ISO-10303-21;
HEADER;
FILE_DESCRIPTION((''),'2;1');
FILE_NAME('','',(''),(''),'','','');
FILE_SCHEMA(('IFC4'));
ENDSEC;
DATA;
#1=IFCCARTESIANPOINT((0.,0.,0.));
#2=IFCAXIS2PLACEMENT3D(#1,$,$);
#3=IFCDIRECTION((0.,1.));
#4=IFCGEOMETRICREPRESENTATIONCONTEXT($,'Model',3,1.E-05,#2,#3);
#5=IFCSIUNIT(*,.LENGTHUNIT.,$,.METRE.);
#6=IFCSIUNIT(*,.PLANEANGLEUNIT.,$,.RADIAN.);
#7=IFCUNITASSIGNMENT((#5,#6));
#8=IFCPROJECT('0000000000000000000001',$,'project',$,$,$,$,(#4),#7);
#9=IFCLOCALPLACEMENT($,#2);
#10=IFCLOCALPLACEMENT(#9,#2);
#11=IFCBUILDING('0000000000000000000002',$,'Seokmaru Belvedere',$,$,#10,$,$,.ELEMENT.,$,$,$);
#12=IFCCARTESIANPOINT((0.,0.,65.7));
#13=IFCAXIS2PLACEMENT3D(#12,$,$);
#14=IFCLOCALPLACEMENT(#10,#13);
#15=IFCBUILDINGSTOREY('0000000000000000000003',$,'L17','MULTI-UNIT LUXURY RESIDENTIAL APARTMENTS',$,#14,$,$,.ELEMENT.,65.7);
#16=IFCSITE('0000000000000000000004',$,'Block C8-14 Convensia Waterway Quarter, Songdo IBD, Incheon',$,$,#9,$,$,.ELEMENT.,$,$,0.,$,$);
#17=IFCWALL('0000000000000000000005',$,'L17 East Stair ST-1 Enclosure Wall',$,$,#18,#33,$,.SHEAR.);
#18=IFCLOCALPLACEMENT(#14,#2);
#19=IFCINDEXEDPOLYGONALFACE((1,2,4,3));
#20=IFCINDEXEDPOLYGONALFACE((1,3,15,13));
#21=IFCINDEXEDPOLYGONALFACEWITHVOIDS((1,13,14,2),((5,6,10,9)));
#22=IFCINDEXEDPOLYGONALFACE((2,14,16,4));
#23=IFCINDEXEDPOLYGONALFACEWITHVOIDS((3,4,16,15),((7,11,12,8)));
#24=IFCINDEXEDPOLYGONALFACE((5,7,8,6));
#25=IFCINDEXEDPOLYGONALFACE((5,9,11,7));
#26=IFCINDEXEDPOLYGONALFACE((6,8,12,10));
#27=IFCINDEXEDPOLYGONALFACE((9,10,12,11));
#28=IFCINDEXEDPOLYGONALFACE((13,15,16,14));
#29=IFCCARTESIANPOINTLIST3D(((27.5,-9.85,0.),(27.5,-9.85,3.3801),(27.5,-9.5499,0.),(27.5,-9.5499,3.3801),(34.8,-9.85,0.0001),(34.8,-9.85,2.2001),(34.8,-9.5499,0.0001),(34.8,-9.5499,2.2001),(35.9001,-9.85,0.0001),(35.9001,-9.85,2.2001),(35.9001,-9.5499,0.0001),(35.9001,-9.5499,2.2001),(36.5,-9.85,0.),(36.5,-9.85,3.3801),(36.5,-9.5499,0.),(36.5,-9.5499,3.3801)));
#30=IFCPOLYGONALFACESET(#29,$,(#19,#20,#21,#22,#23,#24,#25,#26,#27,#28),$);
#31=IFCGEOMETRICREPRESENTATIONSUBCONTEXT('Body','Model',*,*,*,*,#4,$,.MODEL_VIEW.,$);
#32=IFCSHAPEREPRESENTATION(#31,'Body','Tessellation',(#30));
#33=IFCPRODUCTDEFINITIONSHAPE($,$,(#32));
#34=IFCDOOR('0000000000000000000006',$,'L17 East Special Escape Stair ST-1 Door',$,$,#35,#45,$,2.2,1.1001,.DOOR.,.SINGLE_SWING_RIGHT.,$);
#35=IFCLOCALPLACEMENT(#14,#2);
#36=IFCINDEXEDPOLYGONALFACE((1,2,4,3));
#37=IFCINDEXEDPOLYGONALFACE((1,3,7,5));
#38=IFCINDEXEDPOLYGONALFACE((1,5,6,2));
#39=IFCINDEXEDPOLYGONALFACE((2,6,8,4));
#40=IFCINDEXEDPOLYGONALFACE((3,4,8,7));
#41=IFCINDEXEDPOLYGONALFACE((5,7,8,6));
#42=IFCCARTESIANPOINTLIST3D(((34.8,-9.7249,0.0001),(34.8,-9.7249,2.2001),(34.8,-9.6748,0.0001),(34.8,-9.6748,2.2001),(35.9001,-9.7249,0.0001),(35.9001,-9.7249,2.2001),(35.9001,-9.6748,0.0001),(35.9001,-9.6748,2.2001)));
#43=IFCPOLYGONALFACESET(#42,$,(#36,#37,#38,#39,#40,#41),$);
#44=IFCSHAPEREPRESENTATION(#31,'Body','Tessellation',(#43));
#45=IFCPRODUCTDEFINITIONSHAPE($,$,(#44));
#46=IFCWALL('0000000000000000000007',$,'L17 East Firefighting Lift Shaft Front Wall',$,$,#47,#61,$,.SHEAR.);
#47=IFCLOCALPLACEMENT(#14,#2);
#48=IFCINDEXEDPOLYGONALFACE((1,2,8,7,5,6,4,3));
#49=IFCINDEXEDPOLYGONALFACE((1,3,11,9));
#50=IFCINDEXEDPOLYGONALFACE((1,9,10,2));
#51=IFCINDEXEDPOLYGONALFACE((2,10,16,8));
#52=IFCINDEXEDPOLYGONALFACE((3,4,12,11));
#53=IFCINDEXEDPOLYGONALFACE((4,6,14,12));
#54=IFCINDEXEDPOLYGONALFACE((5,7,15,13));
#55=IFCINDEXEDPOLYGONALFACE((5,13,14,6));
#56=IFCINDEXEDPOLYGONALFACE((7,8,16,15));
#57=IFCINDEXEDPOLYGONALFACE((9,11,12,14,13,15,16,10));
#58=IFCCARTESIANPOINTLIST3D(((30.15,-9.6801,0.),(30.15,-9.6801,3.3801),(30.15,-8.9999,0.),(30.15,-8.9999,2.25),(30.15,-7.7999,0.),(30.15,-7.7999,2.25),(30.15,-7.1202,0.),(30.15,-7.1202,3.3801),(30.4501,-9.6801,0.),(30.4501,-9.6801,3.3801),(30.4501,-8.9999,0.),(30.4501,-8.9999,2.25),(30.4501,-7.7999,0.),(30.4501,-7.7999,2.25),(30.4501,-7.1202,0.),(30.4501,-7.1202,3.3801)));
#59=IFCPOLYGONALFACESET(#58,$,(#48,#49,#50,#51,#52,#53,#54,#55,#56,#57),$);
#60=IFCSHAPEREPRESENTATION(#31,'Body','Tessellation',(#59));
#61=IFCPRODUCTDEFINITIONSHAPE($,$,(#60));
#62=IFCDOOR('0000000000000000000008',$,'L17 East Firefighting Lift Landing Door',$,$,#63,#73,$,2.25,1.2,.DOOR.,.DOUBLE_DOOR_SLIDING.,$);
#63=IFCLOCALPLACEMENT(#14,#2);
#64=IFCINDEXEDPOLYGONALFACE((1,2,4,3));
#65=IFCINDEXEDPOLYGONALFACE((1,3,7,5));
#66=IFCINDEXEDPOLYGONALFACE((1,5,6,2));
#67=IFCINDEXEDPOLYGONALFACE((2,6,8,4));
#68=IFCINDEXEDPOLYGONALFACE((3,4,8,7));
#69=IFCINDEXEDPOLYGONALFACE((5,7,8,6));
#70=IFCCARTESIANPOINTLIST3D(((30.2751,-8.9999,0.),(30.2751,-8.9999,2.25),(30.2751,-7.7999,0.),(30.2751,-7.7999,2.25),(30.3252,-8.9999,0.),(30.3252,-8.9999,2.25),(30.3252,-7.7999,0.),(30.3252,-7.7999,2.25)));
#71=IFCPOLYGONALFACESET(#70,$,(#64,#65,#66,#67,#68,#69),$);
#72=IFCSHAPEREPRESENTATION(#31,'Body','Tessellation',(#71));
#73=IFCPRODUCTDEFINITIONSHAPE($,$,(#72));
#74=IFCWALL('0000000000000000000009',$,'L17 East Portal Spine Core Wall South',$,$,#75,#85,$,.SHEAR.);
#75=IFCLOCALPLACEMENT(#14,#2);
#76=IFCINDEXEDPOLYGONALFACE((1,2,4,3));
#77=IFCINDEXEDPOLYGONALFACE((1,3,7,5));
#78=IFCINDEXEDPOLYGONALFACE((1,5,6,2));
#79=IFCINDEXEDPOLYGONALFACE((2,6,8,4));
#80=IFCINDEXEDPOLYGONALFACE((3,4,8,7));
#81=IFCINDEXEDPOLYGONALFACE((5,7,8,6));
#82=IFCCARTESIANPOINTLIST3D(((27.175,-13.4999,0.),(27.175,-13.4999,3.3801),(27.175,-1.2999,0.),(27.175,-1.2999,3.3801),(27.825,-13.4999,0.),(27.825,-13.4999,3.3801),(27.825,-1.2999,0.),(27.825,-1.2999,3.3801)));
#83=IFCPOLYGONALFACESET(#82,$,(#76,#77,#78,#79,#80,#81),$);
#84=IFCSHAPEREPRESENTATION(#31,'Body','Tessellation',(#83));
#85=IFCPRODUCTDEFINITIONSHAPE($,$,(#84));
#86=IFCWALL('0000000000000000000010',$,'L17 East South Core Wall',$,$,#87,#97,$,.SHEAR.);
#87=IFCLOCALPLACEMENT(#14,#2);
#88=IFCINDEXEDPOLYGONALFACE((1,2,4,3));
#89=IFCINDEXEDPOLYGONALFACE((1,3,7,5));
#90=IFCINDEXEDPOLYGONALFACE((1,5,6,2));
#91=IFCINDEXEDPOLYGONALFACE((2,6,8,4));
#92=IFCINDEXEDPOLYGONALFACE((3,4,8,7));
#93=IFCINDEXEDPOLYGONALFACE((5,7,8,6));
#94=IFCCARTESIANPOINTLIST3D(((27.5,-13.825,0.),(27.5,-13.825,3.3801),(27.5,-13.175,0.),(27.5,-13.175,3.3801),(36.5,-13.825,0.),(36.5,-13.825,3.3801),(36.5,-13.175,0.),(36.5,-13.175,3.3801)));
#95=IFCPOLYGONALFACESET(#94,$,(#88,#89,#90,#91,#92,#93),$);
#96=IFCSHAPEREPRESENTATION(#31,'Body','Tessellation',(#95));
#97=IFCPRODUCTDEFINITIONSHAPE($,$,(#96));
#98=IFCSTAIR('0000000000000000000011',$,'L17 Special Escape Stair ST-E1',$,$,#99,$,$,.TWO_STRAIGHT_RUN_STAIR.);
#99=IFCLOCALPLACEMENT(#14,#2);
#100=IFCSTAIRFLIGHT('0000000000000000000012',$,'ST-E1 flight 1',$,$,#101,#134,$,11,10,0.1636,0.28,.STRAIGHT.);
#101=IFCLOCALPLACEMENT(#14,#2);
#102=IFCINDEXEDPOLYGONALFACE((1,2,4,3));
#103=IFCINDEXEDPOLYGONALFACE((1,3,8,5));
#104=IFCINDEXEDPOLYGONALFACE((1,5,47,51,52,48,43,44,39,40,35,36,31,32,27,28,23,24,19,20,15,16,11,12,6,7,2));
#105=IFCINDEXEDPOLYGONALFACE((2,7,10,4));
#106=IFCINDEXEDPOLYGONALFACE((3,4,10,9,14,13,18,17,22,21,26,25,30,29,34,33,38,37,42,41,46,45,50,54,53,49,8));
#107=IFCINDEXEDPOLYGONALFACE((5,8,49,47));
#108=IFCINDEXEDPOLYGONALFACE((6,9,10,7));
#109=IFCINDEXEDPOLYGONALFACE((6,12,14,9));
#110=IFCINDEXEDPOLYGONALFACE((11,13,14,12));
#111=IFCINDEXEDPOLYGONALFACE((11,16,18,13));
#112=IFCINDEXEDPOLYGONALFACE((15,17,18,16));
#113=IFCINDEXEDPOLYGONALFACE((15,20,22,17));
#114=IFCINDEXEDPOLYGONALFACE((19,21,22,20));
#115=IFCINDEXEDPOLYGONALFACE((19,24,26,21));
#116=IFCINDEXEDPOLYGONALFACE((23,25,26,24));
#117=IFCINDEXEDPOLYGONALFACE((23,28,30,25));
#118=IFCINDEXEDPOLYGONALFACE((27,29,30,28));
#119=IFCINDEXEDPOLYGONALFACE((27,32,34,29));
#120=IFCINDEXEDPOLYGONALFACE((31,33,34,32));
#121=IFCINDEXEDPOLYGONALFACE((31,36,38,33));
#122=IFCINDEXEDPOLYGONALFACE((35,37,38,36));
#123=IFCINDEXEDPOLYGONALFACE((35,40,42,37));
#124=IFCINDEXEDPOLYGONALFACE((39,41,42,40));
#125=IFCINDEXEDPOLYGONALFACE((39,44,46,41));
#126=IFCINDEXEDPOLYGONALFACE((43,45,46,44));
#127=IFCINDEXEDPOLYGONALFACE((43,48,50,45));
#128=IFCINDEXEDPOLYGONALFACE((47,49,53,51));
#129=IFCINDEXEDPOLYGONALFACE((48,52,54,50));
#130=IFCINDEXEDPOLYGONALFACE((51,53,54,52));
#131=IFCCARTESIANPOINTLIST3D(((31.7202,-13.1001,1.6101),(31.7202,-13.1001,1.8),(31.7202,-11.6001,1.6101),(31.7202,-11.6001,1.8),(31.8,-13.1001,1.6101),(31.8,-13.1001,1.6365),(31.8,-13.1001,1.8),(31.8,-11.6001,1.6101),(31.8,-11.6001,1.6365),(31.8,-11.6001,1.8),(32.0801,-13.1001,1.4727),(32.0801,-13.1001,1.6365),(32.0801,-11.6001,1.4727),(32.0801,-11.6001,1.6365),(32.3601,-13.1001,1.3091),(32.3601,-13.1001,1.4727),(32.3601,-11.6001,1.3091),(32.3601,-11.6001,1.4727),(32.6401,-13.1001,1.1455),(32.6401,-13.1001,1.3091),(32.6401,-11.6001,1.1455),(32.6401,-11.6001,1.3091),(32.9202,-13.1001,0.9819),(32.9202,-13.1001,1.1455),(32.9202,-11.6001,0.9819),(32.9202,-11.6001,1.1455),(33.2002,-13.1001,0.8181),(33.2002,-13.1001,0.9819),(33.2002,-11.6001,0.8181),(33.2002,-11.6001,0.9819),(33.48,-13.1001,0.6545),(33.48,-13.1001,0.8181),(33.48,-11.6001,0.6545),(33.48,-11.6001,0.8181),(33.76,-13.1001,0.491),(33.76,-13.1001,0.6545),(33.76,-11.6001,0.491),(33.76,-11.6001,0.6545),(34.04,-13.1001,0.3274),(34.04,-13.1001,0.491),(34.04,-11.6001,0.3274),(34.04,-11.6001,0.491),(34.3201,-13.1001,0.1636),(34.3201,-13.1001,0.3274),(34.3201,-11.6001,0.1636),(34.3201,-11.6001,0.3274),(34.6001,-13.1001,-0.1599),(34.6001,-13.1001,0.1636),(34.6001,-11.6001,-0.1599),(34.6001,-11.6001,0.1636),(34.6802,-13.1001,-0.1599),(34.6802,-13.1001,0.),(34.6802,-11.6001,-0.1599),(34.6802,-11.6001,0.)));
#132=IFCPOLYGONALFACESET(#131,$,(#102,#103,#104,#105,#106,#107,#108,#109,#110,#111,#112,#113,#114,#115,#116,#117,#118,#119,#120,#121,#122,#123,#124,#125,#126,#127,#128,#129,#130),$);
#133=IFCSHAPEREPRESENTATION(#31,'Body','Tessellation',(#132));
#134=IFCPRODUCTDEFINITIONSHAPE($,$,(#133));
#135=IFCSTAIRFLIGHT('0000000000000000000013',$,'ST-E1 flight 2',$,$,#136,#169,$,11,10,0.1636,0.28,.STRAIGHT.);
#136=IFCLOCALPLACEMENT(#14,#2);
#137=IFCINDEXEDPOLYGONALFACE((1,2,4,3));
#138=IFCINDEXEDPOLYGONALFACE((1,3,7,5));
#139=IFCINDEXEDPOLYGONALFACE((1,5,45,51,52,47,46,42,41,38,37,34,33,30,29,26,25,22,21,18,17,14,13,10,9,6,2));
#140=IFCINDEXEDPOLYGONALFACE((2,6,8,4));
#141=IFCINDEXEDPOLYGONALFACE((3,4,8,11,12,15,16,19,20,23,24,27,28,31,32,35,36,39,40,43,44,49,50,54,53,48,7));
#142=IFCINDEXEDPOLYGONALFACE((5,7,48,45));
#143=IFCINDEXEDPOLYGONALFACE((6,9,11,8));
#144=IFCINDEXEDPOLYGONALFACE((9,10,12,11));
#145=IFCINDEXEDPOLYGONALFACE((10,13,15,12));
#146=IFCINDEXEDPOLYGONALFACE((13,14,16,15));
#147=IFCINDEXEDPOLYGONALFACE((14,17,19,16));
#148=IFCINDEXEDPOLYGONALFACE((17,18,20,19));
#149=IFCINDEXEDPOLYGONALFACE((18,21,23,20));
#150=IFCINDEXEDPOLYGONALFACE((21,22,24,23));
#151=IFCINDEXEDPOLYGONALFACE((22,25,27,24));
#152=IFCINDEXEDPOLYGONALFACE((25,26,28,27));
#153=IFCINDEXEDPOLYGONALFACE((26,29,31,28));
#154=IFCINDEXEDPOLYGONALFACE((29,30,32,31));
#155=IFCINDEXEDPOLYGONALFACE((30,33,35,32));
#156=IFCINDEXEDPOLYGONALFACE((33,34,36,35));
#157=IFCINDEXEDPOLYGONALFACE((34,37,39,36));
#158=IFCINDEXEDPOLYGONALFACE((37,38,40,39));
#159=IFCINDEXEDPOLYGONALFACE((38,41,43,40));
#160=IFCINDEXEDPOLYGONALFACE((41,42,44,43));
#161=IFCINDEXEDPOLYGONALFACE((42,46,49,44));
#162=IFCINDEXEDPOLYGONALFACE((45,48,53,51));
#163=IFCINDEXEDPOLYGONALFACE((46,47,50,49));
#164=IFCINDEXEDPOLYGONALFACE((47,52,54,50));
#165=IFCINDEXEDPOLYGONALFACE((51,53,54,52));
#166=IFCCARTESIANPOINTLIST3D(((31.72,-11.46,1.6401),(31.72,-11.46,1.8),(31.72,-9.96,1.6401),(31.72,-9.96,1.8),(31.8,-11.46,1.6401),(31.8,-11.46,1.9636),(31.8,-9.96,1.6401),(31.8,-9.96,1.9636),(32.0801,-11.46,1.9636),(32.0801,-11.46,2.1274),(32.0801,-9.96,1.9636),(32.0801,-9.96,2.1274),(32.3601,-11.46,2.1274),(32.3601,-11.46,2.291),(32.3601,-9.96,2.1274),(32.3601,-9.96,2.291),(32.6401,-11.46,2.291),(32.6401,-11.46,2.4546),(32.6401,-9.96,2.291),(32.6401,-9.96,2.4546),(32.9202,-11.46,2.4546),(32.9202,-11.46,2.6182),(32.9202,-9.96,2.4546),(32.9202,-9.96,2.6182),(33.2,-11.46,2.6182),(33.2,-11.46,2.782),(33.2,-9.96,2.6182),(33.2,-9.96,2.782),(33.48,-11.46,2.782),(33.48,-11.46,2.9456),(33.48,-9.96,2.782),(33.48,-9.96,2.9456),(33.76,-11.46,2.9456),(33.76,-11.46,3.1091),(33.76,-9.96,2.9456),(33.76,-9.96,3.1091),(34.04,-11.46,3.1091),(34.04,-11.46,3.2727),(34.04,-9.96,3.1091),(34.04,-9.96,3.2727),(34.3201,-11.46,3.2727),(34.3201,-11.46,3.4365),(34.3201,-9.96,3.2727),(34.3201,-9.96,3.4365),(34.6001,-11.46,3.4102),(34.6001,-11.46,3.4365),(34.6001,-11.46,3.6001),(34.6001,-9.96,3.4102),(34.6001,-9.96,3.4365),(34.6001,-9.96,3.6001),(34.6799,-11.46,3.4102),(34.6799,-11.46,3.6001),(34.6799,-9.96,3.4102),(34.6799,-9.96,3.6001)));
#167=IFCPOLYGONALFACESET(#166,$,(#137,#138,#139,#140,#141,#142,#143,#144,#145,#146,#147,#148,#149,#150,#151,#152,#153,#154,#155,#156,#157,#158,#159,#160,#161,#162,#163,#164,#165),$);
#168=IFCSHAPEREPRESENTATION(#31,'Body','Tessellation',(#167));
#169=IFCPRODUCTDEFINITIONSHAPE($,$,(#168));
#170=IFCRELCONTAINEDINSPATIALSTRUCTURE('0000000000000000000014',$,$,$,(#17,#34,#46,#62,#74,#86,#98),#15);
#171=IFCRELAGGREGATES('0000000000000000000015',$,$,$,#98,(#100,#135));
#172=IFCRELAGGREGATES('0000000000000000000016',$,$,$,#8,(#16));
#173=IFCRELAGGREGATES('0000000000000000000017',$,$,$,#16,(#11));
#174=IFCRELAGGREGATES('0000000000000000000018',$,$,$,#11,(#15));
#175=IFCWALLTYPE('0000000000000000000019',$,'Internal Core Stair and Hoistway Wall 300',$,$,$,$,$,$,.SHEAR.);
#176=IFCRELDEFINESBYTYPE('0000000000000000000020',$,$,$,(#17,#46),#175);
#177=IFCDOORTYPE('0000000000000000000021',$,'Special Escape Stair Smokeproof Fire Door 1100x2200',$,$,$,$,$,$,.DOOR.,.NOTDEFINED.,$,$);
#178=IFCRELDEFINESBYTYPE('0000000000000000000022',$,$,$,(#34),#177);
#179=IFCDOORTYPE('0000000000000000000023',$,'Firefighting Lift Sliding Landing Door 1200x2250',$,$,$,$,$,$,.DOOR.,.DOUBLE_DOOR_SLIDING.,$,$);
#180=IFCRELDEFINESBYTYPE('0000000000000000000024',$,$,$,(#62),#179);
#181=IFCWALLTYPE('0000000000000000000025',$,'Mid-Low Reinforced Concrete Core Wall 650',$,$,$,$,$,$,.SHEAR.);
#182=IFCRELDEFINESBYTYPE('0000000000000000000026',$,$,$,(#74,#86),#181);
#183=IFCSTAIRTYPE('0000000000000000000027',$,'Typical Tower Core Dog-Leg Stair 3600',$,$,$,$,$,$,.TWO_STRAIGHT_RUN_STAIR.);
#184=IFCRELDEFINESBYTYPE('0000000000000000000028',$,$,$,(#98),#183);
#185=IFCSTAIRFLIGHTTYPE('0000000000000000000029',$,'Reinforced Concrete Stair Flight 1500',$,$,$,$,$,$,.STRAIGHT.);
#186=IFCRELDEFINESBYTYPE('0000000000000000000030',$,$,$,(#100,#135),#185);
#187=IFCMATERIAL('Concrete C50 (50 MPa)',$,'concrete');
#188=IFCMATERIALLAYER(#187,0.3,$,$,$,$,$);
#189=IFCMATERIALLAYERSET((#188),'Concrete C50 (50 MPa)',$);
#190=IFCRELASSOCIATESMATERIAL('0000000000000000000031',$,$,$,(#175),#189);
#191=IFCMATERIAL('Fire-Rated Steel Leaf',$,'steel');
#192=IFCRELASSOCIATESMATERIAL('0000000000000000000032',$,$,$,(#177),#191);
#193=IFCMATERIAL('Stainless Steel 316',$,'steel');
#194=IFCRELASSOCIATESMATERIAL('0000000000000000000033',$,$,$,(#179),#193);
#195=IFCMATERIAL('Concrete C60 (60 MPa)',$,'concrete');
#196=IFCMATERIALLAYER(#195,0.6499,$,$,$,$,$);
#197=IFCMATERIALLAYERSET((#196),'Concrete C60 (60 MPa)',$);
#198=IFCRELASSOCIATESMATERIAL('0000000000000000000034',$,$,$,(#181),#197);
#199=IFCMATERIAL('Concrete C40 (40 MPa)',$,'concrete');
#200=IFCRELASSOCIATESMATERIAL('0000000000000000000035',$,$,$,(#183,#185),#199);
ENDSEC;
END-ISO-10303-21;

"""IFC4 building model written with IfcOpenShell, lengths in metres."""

from ifc_helpers import new_model, si_unit, direction, frame, frame_2d, origin, place, context, subcontext, project, spatial, polyline, rectangle, outline, extrude, source, transform, mapped, material, layer, layer_set, type_object, type_shapes, element, fill, aggregate, save


model = new_model("IFC4")

# Units and contexts
model_context = context("Model", 3, precision=1e-05, world=origin(), true_north=direction((0.0, 1.0)))
body_context = subcontext(model_context, "Body", "Model", "MODEL_VIEW")
ifc_project = project(units=[si_unit("LENGTHUNIT", "METRE"), si_unit("PLANEANGLEUNIT", "RADIAN")], contexts=[model_context])

# Site, building, storey
site_placement = place(None, origin())
site = spatial("IfcSite", under=ifc_project, at=site_placement, Name="Block C8-14 Convensia Waterway Quarter, Songdo IBD, Incheon", CompositionType="ELEMENT", RefElevation=0.0)
building_placement = place(site_placement, origin())
building = spatial("IfcBuilding", under=site, at=building_placement, Name="Seokmaru Belvedere", CompositionType="ELEMENT")
storey_placement = place(building_placement, frame((0.0, 0.0, 65.7)))
storey = spatial("IfcBuildingStorey", under=building, at=storey_placement, Name="L17", Description="MULTI-UNIT LUXURY RESIDENTIAL APARTMENTS", CompositionType="ELEMENT", Elevation=65.7)

# Walls, openings, doors
ifc_material_1 = material(Name="Concrete C50 (50 MPa)", Category="concrete")
ifc_layer_1 = layer(ifc_material_1, 0.3)
ifc_layer_set_1 = layer_set([ifc_layer_1], Name="Concrete C50 (50 MPa)")
wall_type_1 = type_object("IfcWallType", Name="Internal Core Stair and Hoistway Wall 300", PredefinedType="SHEAR", material=ifc_layer_set_1)
wall_1_placement = place(storey_placement, frame((27.5, -9.7, 0.0), z_axis=(0.0, 0.0, 1.0), x_axis=(1.0, 0.0, 0.0)))
wall_1 = element("IfcWall", 1, at=wall_1_placement, inside=storey, type_object=wall_type_1, Name="L17 East Stair ST-1 Enclosure Wall", PredefinedType="SHEAR", context=body_context, shape_type="SweptSolid", body=[
    extrude(rectangle(XDim=9.0, YDim=0.3, at=frame_2d((4.5, 0.0))), origin(), (0.0, 0.0, 1.0), 3.3801),
])
opening_1_placement = place(wall_1_placement, frame((7.3, 0.0, 0.0)))
opening_1 = element("IfcOpeningElement", 2, at=opening_1_placement, cuts=wall_1, PredefinedType="OPENING", context=body_context, shape_type="SweptSolid", body=[
    extrude(rectangle(XDim=1.1001, YDim=2.2, at=frame_2d((0.55, 1.1001))), frame((0.0, 0.1602, 0.0), z_axis=(0.0, -1.0, 0.0), x_axis=(1.0, 0.0, 0.0)), (0.0, 0.0, 1.0), 0.3201),
])
ifc_material_2 = material(Name="Fire-Rated Steel Leaf", Category="steel")
door_type_1 = type_object("IfcDoorType", Name="Special Escape Stair Smokeproof Fire Door 1100x2200", OperationType="NOTDEFINED", PredefinedType="DOOR", material=ifc_material_2)
shared_shape_1 = source(origin(), body_context, "Body", "SweptSolid", [
    extrude(rectangle(XDim=1.1001, YDim=2.2, at=frame_2d((0.55, 1.1001))), frame((0.0, 0.0249, 0.0), z_axis=(0.0, -1.0, 0.0), x_axis=(1.0, 0.0, 0.0)), (0.0, 0.0, 1.0), 0.05),
])
type_shapes(door_type_1, [shared_shape_1])
door_1_placement = place(opening_1_placement, frame((1.1001, 0.0, 0.0), z_axis=(0.0, 0.0, 1.0), x_axis=(-1.0, 0.0, 0.0)))
door_1 = element("IfcDoor", 3, at=door_1_placement, inside=storey, type_object=door_type_1, Name="L17 East Special Escape Stair ST-1 Door", OperationType="SINGLE_SWING_RIGHT", OverallHeight=2.2, OverallWidth=1.1001, PredefinedType="DOOR", context=body_context, shape_type="MappedRepresentation", body=[
    mapped(shared_shape_1, transform((0.0, 0.0, 0.0), scale=1.0)),
])
fill(opening_1, door_1)
wall_2_placement = place(storey_placement, frame((30.3, -9.6799, 0.0), z_axis=(0.0, 0.0, 1.0), x_axis=(0.0, 1.0, 0.0)))
wall_2 = element("IfcWall", 4, at=wall_2_placement, inside=storey, type_object=wall_type_1, Name="L17 East Firefighting Lift Shaft Front Wall", PredefinedType="SHEAR", context=body_context, shape_type="SweptSolid", body=[
    extrude(rectangle(XDim=2.5598, YDim=0.3, at=frame_2d((1.2798, 0.0))), origin(), (0.0, 0.0, 1.0), 3.3801),
])
opening_2_placement = place(wall_2_placement, frame((0.6799, 0.0, 0.0)))
opening_2 = element("IfcOpeningElement", 5, at=opening_2_placement, cuts=wall_2, PredefinedType="OPENING", context=body_context, shape_type="SweptSolid", body=[
    extrude(rectangle(XDim=1.2, YDim=2.25, at=frame_2d((0.6001, 1.125))), frame((0.0, 0.1602, 0.0), z_axis=(0.0, -1.0, 0.0), x_axis=(1.0, 0.0, 0.0)), (0.0, 0.0, 1.0), 0.3201),
])
ifc_material_3 = material(Name="Stainless Steel 316", Category="steel")
door_type_2 = type_object("IfcDoorType", Name="Firefighting Lift Sliding Landing Door 1200x2250", OperationType="DOUBLE_DOOR_SLIDING", PredefinedType="DOOR", material=ifc_material_3)
shared_shape_2 = source(origin(), body_context, "Body", "SweptSolid", [
    extrude(rectangle(XDim=1.2, YDim=2.25, at=frame_2d((0.6001, 1.125))), frame((0.0, 0.0249, 0.0), z_axis=(0.0, -1.0, 0.0), x_axis=(1.0, 0.0, 0.0)), (0.0, 0.0, 1.0), 0.05),
])
type_shapes(door_type_2, [shared_shape_2])
door_2_placement = place(opening_2_placement, origin())
door_2 = element("IfcDoor", 6, at=door_2_placement, inside=storey, type_object=door_type_2, Name="L17 East Firefighting Lift Landing Door", OperationType="DOUBLE_DOOR_SLIDING", OverallHeight=2.25, OverallWidth=1.2, PredefinedType="DOOR", context=body_context, shape_type="MappedRepresentation", body=[
    mapped(shared_shape_2, transform((0.0, 0.0, 0.0), scale=1.0)),
])
fill(opening_2, door_2)

# Walls
ifc_material_4 = material(Name="Concrete C60 (60 MPa)", Category="concrete")
ifc_layer_2 = layer(ifc_material_4, 0.6499)
ifc_layer_set_2 = layer_set([ifc_layer_2], Name="Concrete C60 (60 MPa)")
wall_type_2 = type_object("IfcWallType", Name="Mid-Low Reinforced Concrete Core Wall 650", PredefinedType="SHEAR", material=ifc_layer_set_2)
wall_3_placement = place(storey_placement, frame((27.5, -13.5, 0.0), z_axis=(0.0, 0.0, 1.0), x_axis=(0.0, 1.0, 0.0)))
element("IfcWall", 7, at=wall_3_placement, inside=storey, type_object=wall_type_2, Name="L17 East Portal Spine Core Wall South", PredefinedType="SHEAR", context=body_context, shape_type="SweptSolid", body=[
    extrude(rectangle(XDim=12.2, YDim=0.6499, at=frame_2d((6.1001, 0.0))), origin(), (0.0, 0.0, 1.0), 3.3801),
])
wall_4_placement = place(storey_placement, frame((27.5, -13.5, 0.0), z_axis=(0.0, 0.0, 1.0), x_axis=(1.0, 0.0, 0.0)))
element("IfcWall", 8, at=wall_4_placement, inside=storey, type_object=wall_type_2, Name="L17 East South Core Wall", PredefinedType="SHEAR", context=body_context, shape_type="SweptSolid", body=[
    extrude(rectangle(XDim=9.0, YDim=0.6499, at=frame_2d((4.5, 0.0))), origin(), (0.0, 0.0, 1.0), 3.3801),
])

# Stair, stair flights
ifc_material_5 = material(Name="Concrete C40 (40 MPa)", Category="concrete")
stair_type = type_object("IfcStairType", Name="Typical Tower Core Dog-Leg Stair 3600", PredefinedType="TWO_STRAIGHT_RUN_STAIR", material=ifc_material_5)
stair_placement = place(storey_placement, origin())
stair = element("IfcStair", 9, at=stair_placement, inside=storey, type_object=stair_type, Name="L17 Special Escape Stair ST-E1", PredefinedType="TWO_STRAIGHT_RUN_STAIR")
stair_flight_type = type_object("IfcStairFlightType", Name="Reinforced Concrete Stair Flight 1500", PredefinedType="STRAIGHT", material=ifc_material_5)
stair_flight_1_placement = place(storey_placement, frame((34.6001, -12.3501, 0.0), z_axis=(0.0, 0.0, 1.0), x_axis=(-1.0, 0.0, 0.0)))
stair_flight_1 = element("IfcStairFlight", 10, at=stair_flight_1_placement, type_object=stair_flight_type, Name="ST-E1 flight 1", NumberOfRisers=11, NumberOfTreads=10, PredefinedType="STRAIGHT", RiserHeight=0.1636, TreadLength=0.28, context=body_context, shape_type="SweptSolid", body=[
    extrude(outline(polyline([(-0.0801, 0.0), (0.0, 0.1636), (0.28, 0.1636), (0.28, 0.3274), (0.5601, 0.3274), (0.5601, 0.491), (0.8401, 0.491), (0.8401, 0.6545), (1.1201, 0.6545), (1.1201, 0.8181), (1.3999, 0.8181), (1.3999, 0.9819), (1.6799, 0.9819), (1.6799, 1.1455), (1.96, 1.1455), (1.96, 1.3091), (2.24, 1.3091), (2.24, 1.4727), (2.52, 1.4727), (2.52, 1.6365), (2.8, 1.6365), (2.8, 1.8), (2.8799, 1.8), (2.8799, 1.6101), (2.8, 1.6101), (0.0, -0.1599), (-0.0801, -0.1599), (-0.0801, 0.0)])), frame((0.0, 0.75, 0.0), z_axis=(0.0, -1.0, 0.0), x_axis=(1.0, 0.0, 0.0)), (0.0, 0.0, 1.0), 1.5),
])
stair_flight_2_placement = place(storey_placement, frame((31.8, -10.71, 1.8), z_axis=(0.0, 0.0, 1.0), x_axis=(1.0, 0.0, 0.0)))
stair_flight_2 = element("IfcStairFlight", 11, at=stair_flight_2_placement, type_object=stair_flight_type, Name="ST-E1 flight 2", NumberOfRisers=11, NumberOfTreads=10, PredefinedType="STRAIGHT", RiserHeight=0.1636, TreadLength=0.28, context=body_context, shape_type="SweptSolid", body=[
    extrude(outline(polyline([(-0.0801, 0.0), (0.0, 0.1636), (0.28, 0.1636), (0.28, 0.3274), (0.5601, 0.3274), (0.5601, 0.491), (0.8401, 0.491), (0.8401, 0.6545), (1.1201, 0.6545), (1.1201, 0.8181), (1.3999, 0.8181), (1.3999, 0.9819), (1.6799, 0.9819), (1.6799, 1.1455), (1.96, 1.1455), (1.96, 1.3091), (2.24, 1.3091), (2.24, 1.4727), (2.52, 1.4727), (2.52, 1.6365), (2.8, 1.6365), (2.8, 1.8), (2.8799, 1.8), (2.8799, 1.6101), (2.8, 1.6101), (0.0, -0.1599), (-0.0801, -0.1599), (-0.0801, 0.0)])), frame((0.0, 0.75, 0.0), z_axis=(0.0, -1.0, 0.0), x_axis=(1.0, 0.0, 0.0)), (0.0, 0.0, 1.0), 1.5),
])
aggregate(stair, [stair_flight_1, stair_flight_2])

save(model, "model.ifc")
